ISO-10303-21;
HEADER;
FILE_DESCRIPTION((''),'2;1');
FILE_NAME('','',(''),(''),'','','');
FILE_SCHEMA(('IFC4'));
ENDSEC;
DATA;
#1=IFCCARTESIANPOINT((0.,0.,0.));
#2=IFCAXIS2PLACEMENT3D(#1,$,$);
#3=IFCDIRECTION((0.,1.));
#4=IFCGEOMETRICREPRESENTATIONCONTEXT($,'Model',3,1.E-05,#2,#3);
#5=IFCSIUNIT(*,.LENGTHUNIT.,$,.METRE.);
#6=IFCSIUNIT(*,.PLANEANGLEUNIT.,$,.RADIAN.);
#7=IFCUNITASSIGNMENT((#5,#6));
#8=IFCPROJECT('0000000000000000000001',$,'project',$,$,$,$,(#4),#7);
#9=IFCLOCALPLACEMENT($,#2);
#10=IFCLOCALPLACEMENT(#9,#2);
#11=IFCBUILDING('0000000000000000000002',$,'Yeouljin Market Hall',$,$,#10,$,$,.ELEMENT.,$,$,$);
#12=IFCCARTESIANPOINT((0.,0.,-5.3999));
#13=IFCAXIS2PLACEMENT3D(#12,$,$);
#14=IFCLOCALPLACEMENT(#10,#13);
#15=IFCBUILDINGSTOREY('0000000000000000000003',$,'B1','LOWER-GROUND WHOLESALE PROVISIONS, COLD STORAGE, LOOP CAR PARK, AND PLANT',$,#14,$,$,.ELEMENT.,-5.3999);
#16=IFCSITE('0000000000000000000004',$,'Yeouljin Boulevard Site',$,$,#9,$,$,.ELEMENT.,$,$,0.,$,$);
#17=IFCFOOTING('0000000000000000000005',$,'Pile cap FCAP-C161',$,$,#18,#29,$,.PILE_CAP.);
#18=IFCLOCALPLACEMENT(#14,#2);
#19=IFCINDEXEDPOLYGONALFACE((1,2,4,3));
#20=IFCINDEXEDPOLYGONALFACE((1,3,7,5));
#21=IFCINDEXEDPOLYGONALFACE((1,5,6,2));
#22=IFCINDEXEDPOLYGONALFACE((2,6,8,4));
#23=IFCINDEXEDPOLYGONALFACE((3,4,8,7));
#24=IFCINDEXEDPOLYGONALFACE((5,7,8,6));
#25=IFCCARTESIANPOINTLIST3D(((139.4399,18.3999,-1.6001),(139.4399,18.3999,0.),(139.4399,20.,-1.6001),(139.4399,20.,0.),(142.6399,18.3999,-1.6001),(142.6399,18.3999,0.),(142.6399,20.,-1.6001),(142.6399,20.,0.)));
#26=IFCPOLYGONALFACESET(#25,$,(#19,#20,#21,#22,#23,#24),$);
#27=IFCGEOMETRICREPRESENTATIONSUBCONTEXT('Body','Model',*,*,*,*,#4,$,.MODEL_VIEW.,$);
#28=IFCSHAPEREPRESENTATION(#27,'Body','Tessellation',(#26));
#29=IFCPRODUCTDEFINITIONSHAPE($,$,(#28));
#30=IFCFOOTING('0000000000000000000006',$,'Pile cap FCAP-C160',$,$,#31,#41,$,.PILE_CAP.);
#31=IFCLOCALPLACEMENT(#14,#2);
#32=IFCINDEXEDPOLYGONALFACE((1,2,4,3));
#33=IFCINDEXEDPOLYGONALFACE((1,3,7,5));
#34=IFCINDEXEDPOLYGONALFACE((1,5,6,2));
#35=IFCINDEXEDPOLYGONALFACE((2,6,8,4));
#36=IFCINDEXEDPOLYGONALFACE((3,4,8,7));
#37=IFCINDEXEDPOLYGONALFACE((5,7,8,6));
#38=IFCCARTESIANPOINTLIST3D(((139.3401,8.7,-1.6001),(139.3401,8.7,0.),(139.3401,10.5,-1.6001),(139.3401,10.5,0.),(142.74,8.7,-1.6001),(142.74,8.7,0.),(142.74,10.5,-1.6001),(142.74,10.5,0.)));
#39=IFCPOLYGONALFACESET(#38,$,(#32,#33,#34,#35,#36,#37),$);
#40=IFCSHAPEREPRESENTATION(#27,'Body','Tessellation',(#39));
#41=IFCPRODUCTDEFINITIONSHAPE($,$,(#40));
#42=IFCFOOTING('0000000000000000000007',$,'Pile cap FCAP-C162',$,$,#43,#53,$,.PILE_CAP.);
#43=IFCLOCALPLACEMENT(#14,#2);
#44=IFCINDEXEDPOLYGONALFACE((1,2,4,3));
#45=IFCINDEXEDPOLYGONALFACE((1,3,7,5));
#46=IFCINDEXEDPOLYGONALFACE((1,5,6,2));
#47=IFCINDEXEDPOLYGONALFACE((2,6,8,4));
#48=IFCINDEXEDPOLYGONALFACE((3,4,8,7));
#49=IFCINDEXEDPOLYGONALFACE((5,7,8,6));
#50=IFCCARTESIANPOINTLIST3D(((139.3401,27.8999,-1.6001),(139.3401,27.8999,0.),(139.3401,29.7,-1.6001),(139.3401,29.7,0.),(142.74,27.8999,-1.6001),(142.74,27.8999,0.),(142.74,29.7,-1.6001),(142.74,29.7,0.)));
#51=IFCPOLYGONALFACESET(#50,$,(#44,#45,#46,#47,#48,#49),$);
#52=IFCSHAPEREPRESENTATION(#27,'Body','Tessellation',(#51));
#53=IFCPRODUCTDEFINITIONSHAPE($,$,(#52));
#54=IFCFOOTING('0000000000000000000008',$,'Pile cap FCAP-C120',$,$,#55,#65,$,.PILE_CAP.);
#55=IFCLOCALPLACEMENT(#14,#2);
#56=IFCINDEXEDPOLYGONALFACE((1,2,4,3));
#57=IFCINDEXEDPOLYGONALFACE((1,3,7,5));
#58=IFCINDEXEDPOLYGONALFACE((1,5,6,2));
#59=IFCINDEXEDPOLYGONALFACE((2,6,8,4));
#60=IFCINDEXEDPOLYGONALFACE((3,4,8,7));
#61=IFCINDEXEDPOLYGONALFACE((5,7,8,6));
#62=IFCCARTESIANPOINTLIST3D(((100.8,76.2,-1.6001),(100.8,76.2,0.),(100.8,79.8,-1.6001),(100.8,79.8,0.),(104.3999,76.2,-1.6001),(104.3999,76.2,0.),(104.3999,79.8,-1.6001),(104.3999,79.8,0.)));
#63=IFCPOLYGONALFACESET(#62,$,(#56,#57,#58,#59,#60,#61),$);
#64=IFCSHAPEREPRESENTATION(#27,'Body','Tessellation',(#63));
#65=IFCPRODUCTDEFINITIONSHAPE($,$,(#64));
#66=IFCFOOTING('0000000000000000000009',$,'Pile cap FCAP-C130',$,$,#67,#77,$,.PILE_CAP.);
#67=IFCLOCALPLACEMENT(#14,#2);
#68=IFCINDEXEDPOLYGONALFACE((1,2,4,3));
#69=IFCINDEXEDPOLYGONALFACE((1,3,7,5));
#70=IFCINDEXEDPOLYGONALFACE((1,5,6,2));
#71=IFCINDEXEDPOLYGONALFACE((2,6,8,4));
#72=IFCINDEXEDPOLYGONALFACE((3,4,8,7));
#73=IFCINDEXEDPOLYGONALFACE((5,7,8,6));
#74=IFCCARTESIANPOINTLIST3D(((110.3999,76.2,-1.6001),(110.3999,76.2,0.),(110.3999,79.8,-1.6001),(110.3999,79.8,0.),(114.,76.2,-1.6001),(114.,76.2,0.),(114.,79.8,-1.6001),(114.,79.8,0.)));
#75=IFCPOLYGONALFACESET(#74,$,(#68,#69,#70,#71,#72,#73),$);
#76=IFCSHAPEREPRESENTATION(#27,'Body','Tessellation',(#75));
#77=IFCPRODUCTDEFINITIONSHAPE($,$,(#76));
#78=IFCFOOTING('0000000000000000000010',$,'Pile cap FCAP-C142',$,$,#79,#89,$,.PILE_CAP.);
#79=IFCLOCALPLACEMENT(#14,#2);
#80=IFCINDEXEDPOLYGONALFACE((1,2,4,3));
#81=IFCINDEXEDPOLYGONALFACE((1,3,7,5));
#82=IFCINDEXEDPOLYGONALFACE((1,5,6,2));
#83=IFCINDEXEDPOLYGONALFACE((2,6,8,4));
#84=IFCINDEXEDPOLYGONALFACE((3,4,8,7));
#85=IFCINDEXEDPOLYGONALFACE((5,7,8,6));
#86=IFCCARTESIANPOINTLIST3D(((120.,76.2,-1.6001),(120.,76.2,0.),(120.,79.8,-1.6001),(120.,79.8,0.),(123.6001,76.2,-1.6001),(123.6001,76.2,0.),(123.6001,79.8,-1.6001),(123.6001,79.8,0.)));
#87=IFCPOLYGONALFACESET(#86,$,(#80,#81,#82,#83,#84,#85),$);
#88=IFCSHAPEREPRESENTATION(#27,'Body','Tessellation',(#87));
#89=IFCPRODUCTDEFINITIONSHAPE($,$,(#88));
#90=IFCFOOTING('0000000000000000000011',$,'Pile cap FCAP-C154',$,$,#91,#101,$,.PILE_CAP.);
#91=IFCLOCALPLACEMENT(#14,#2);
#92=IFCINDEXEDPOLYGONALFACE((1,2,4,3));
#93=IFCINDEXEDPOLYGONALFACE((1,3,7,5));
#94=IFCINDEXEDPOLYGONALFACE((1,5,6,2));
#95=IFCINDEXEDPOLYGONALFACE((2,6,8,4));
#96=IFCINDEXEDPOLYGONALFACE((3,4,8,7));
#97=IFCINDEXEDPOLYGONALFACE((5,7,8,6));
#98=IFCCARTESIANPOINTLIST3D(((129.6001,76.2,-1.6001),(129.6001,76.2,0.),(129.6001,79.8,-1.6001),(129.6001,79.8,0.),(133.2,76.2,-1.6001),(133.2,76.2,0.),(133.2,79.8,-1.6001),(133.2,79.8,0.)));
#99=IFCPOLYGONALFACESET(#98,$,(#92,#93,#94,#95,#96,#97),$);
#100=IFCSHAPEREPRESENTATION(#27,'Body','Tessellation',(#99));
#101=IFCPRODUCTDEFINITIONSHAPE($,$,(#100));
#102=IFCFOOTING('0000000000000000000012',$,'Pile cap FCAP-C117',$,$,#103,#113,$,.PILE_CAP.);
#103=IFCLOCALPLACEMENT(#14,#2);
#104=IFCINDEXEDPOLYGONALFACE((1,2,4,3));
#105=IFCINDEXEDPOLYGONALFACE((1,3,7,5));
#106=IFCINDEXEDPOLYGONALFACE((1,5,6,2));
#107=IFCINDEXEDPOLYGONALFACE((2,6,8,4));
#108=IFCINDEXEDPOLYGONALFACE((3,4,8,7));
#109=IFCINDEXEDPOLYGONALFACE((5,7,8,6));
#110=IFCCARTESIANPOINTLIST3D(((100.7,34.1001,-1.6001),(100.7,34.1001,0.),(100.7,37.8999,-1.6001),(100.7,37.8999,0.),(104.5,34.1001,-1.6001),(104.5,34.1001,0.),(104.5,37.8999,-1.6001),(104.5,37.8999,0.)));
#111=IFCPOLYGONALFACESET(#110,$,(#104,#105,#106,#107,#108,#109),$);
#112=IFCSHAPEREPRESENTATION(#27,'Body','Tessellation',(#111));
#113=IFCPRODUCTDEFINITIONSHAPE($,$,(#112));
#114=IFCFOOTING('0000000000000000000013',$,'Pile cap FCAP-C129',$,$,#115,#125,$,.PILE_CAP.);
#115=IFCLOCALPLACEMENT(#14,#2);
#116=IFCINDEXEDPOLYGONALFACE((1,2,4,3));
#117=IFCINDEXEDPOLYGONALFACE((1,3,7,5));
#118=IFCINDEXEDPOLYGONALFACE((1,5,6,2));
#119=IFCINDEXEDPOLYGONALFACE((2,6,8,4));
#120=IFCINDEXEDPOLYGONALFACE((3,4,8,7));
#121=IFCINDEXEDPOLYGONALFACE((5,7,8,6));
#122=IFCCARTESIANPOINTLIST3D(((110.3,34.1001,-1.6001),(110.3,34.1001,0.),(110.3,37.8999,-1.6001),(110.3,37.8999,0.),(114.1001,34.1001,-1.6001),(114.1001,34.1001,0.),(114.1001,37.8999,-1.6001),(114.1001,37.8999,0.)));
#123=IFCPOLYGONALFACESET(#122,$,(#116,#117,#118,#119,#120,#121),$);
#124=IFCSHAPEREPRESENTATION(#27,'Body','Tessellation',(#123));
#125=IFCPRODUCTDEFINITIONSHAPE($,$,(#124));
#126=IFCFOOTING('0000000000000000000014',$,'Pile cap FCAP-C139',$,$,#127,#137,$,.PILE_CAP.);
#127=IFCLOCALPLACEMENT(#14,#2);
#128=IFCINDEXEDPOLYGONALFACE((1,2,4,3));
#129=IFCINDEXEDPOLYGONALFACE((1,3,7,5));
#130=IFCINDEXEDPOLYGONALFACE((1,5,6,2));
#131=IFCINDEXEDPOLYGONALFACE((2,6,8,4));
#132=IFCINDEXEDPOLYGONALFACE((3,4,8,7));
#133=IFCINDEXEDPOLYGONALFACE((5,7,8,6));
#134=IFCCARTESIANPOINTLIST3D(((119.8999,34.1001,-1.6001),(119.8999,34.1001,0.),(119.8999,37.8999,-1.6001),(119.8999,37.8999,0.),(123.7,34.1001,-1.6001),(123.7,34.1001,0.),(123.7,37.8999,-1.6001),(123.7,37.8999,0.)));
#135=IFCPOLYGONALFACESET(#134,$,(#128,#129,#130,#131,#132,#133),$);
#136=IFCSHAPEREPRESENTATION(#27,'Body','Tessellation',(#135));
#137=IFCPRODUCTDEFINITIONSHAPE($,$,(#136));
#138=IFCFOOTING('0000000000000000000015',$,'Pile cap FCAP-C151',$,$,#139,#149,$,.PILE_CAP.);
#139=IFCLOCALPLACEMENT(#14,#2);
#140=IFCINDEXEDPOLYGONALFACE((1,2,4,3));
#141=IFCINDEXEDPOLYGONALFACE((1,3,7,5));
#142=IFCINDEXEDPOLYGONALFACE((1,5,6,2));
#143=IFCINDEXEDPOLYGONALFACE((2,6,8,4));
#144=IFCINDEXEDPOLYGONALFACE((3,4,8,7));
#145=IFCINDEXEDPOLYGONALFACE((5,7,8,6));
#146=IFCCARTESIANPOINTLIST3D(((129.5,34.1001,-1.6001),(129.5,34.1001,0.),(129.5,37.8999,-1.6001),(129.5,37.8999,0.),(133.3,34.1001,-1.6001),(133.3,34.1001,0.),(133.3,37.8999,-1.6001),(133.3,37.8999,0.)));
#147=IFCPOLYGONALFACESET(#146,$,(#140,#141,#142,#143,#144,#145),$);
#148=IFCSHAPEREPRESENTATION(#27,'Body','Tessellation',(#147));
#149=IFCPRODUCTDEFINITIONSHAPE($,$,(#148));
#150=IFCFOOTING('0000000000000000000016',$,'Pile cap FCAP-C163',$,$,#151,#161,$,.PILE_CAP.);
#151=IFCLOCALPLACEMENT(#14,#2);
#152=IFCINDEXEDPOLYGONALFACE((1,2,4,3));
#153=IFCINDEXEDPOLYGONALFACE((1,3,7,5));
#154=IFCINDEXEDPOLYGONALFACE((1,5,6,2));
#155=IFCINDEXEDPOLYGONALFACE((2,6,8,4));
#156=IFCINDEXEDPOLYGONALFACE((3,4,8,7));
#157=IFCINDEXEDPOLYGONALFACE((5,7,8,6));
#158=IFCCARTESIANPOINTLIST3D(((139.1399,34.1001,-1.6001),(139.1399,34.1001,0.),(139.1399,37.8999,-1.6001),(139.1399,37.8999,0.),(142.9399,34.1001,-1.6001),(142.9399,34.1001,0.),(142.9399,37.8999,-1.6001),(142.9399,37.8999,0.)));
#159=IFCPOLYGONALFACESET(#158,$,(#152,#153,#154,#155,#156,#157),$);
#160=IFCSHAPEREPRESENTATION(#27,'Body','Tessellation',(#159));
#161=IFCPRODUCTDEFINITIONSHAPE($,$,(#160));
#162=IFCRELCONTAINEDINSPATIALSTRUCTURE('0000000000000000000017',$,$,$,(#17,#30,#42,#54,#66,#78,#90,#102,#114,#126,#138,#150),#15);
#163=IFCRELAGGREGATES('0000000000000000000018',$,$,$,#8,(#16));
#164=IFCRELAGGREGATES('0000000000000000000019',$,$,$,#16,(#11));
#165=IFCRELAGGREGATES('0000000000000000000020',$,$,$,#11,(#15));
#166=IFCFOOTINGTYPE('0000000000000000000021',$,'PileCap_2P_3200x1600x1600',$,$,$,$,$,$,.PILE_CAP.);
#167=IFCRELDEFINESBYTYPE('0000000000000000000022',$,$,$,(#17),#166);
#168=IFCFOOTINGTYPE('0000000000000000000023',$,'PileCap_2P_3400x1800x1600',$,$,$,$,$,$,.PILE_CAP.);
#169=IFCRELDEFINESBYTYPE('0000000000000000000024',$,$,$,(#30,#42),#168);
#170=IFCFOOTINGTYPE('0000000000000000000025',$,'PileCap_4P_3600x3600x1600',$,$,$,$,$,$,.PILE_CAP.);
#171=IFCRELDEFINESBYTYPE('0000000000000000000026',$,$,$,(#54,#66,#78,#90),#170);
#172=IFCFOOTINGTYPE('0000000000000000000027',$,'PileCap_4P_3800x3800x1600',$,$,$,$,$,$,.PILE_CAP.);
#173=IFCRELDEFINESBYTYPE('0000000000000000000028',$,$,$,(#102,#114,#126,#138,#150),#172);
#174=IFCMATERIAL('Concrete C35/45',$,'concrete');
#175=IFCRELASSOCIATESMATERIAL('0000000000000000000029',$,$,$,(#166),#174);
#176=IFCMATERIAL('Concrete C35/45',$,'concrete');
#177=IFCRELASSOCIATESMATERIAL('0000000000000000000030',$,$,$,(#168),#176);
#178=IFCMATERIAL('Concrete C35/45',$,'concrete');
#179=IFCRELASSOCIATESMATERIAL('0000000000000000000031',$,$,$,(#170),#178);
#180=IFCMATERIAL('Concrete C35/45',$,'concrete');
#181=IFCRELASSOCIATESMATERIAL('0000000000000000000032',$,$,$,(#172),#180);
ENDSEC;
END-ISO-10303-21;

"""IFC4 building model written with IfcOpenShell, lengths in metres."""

from ifc_helpers import new_model, si_unit, direction, frame, origin, place, context, subcontext, project, spatial, polyline, outline, extrude, material, type_object, element, save


model = new_model("IFC4")

# Units and contexts
model_context = context("Model", 3, precision=1e-05, world=origin(), true_north=direction((0.0, 1.0)))
body_context = subcontext(model_context, "Body", "Model", "MODEL_VIEW")
ifc_project = project(units=[si_unit("LENGTHUNIT", "METRE"), si_unit("PLANEANGLEUNIT", "RADIAN")], contexts=[model_context])

# Site, building, storey
site_placement = place(None, origin())
site = spatial("IfcSite", under=ifc_project, at=site_placement, Name="Yeouljin Boulevard Site", CompositionType="ELEMENT", RefElevation=0.0)
building_placement = place(site_placement, origin())
building = spatial("IfcBuilding", under=site, at=building_placement, Name="Yeouljin Market Hall", CompositionType="ELEMENT")
storey_placement = place(building_placement, frame((0.0, 0.0, -5.3999)))
storey = spatial("IfcBuildingStorey", under=building, at=storey_placement, Name="B1", Description="LOWER-GROUND WHOLESALE PROVISIONS, COLD STORAGE, LOOP CAR PARK, AND PLANT", CompositionType="ELEMENT", Elevation=-5.3999)

# Footings
ifc_material_1 = material(Name="Concrete C35/45", Category="concrete")
footing_type_1 = type_object("IfcFootingType", Name="PileCap_2P_3200x1600x1600", PredefinedType="PILE_CAP", material=ifc_material_1)
footing_1_placement = place(storey_placement, frame((0.0, 0.0, -1.6001)))
element("IfcFooting", 1, at=footing_1_placement, inside=storey, type_object=footing_type_1, Name="Pile cap FCAP-C161", PredefinedType="PILE_CAP", context=body_context, shape_type="SweptSolid", body=[
    extrude(outline(polyline([(139.4399, 18.3999), (142.6399, 18.3999), (142.6399, 20.0), (139.4399, 20.0), (139.4399, 18.3999)])), origin(), (0.0, 0.0, 1.0), 1.6001),
])
ifc_material_2 = material(Name="Concrete C35/45", Category="concrete")
footing_type_2 = type_object("IfcFootingType", Name="PileCap_2P_3400x1800x1600", PredefinedType="PILE_CAP", material=ifc_material_2)
footing_2_placement = place(storey_placement, frame((0.0, 0.0, -1.6001)))
element("IfcFooting", 2, at=footing_2_placement, inside=storey, type_object=footing_type_2, Name="Pile cap FCAP-C160", PredefinedType="PILE_CAP", context=body_context, shape_type="SweptSolid", body=[
    extrude(outline(polyline([(139.3401, 8.7), (142.74, 8.7), (142.74, 10.5), (139.3401, 10.5), (139.3401, 8.7)])), origin(), (0.0, 0.0, 1.0), 1.6001),
])
footing_3_placement = place(storey_placement, frame((0.0, 0.0, -1.6001)))
element("IfcFooting", 3, at=footing_3_placement, inside=storey, type_object=footing_type_2, Name="Pile cap FCAP-C162", PredefinedType="PILE_CAP", context=body_context, shape_type="SweptSolid", body=[
    extrude(outline(polyline([(139.3401, 27.8999), (142.74, 27.8999), (142.74, 29.7), (139.3401, 29.7), (139.3401, 27.8999)])), origin(), (0.0, 0.0, 1.0), 1.6001),
])
ifc_material_3 = material(Name="Concrete C35/45", Category="concrete")
footing_type_3 = type_object("IfcFootingType", Name="PileCap_4P_3600x3600x1600", PredefinedType="PILE_CAP", material=ifc_material_3)
footing_4_placement = place(storey_placement, frame((0.0, 0.0, -1.6001)))
element("IfcFooting", 4, at=footing_4_placement, inside=storey, type_object=footing_type_3, Name="Pile cap FCAP-C120", PredefinedType="PILE_CAP", context=body_context, shape_type="SweptSolid", body=[
    extrude(outline(polyline([(100.8, 76.2), (104.3999, 76.2), (104.3999, 79.8), (100.8, 79.8), (100.8, 76.2)])), origin(), (0.0, 0.0, 1.0), 1.6001),
])
footing_5_placement = place(storey_placement, frame((0.0, 0.0, -1.6001)))
element("IfcFooting", 5, at=footing_5_placement, inside=storey, type_object=footing_type_3, Name="Pile cap FCAP-C130", PredefinedType="PILE_CAP", context=body_context, shape_type="SweptSolid", body=[
    extrude(outline(polyline([(110.3999, 76.2), (114.0, 76.2), (114.0, 79.8), (110.3999, 79.8), (110.3999, 76.2)])), origin(), (0.0, 0.0, 1.0), 1.6001),
])
footing_6_placement = place(storey_placement, frame((0.0, 0.0, -1.6001)))
element("IfcFooting", 6, at=footing_6_placement, inside=storey, type_object=footing_type_3, Name="Pile cap FCAP-C142", PredefinedType="PILE_CAP", context=body_context, shape_type="SweptSolid", body=[
    extrude(outline(polyline([(120.0, 76.2), (123.6001, 76.2), (123.6001, 79.8), (120.0, 79.8), (120.0, 76.2)])), origin(), (0.0, 0.0, 1.0), 1.6001),
])
footing_7_placement = place(storey_placement, frame((0.0, 0.0, -1.6001)))
element("IfcFooting", 7, at=footing_7_placement, inside=storey, type_object=footing_type_3, Name="Pile cap FCAP-C154", PredefinedType="PILE_CAP", context=body_context, shape_type="SweptSolid", body=[
    extrude(outline(polyline([(129.6001, 76.2), (133.2, 76.2), (133.2, 79.8), (129.6001, 79.8), (129.6001, 76.2)])), origin(), (0.0, 0.0, 1.0), 1.6001),
])
ifc_material_4 = material(Name="Concrete C35/45", Category="concrete")
footing_type_4 = type_object("IfcFootingType", Name="PileCap_4P_3800x3800x1600", PredefinedType="PILE_CAP", material=ifc_material_4)
footing_8_placement = place(storey_placement, frame((0.0, 0.0, -1.6001)))
element("IfcFooting", 8, at=footing_8_placement, inside=storey, type_object=footing_type_4, Name="Pile cap FCAP-C117", PredefinedType="PILE_CAP", context=body_context, shape_type="SweptSolid", body=[
    extrude(outline(polyline([(100.7, 34.1001), (104.5, 34.1001), (104.5, 37.8999), (100.7, 37.8999), (100.7, 34.1001)])), origin(), (0.0, 0.0, 1.0), 1.6001),
])
footing_9_placement = place(storey_placement, frame((0.0, 0.0, -1.6001)))
element("IfcFooting", 9, at=footing_9_placement, inside=storey, type_object=footing_type_4, Name="Pile cap FCAP-C129", PredefinedType="PILE_CAP", context=body_context, shape_type="SweptSolid", body=[
    extrude(outline(polyline([(110.3, 34.1001), (114.1001, 34.1001), (114.1001, 37.8999), (110.3, 37.8999), (110.3, 34.1001)])), origin(), (0.0, 0.0, 1.0), 1.6001),
])
footing_10_placement = place(storey_placement, frame((0.0, 0.0, -1.6001)))
element("IfcFooting", 10, at=footing_10_placement, inside=storey, type_object=footing_type_4, Name="Pile cap FCAP-C139", PredefinedType="PILE_CAP", context=body_context, shape_type="SweptSolid", body=[
    extrude(outline(polyline([(119.8999, 34.1001), (123.7, 34.1001), (123.7, 37.8999), (119.8999, 37.8999), (119.8999, 34.1001)])), origin(), (0.0, 0.0, 1.0), 1.6001),
])
footing_11_placement = place(storey_placement, frame((0.0, 0.0, -1.6001)))
element("IfcFooting", 11, at=footing_11_placement, inside=storey, type_object=footing_type_4, Name="Pile cap FCAP-C151", PredefinedType="PILE_CAP", context=body_context, shape_type="SweptSolid", body=[
    extrude(outline(polyline([(129.5, 34.1001), (133.3, 34.1001), (133.3, 37.8999), (129.5, 37.8999), (129.5, 34.1001)])), origin(), (0.0, 0.0, 1.0), 1.6001),
])
footing_12_placement = place(storey_placement, frame((0.0, 0.0, -1.6001)))
element("IfcFooting", 12, at=footing_12_placement, inside=storey, type_object=footing_type_4, Name="Pile cap FCAP-C163", PredefinedType="PILE_CAP", context=body_context, shape_type="SweptSolid", body=[
    extrude(outline(polyline([(139.1399, 34.1001), (142.9399, 34.1001), (142.9399, 37.8999), (139.1399, 37.8999), (139.1399, 34.1001)])), origin(), (0.0, 0.0, 1.0), 1.6001),
])

save(model, "model.ifc")
